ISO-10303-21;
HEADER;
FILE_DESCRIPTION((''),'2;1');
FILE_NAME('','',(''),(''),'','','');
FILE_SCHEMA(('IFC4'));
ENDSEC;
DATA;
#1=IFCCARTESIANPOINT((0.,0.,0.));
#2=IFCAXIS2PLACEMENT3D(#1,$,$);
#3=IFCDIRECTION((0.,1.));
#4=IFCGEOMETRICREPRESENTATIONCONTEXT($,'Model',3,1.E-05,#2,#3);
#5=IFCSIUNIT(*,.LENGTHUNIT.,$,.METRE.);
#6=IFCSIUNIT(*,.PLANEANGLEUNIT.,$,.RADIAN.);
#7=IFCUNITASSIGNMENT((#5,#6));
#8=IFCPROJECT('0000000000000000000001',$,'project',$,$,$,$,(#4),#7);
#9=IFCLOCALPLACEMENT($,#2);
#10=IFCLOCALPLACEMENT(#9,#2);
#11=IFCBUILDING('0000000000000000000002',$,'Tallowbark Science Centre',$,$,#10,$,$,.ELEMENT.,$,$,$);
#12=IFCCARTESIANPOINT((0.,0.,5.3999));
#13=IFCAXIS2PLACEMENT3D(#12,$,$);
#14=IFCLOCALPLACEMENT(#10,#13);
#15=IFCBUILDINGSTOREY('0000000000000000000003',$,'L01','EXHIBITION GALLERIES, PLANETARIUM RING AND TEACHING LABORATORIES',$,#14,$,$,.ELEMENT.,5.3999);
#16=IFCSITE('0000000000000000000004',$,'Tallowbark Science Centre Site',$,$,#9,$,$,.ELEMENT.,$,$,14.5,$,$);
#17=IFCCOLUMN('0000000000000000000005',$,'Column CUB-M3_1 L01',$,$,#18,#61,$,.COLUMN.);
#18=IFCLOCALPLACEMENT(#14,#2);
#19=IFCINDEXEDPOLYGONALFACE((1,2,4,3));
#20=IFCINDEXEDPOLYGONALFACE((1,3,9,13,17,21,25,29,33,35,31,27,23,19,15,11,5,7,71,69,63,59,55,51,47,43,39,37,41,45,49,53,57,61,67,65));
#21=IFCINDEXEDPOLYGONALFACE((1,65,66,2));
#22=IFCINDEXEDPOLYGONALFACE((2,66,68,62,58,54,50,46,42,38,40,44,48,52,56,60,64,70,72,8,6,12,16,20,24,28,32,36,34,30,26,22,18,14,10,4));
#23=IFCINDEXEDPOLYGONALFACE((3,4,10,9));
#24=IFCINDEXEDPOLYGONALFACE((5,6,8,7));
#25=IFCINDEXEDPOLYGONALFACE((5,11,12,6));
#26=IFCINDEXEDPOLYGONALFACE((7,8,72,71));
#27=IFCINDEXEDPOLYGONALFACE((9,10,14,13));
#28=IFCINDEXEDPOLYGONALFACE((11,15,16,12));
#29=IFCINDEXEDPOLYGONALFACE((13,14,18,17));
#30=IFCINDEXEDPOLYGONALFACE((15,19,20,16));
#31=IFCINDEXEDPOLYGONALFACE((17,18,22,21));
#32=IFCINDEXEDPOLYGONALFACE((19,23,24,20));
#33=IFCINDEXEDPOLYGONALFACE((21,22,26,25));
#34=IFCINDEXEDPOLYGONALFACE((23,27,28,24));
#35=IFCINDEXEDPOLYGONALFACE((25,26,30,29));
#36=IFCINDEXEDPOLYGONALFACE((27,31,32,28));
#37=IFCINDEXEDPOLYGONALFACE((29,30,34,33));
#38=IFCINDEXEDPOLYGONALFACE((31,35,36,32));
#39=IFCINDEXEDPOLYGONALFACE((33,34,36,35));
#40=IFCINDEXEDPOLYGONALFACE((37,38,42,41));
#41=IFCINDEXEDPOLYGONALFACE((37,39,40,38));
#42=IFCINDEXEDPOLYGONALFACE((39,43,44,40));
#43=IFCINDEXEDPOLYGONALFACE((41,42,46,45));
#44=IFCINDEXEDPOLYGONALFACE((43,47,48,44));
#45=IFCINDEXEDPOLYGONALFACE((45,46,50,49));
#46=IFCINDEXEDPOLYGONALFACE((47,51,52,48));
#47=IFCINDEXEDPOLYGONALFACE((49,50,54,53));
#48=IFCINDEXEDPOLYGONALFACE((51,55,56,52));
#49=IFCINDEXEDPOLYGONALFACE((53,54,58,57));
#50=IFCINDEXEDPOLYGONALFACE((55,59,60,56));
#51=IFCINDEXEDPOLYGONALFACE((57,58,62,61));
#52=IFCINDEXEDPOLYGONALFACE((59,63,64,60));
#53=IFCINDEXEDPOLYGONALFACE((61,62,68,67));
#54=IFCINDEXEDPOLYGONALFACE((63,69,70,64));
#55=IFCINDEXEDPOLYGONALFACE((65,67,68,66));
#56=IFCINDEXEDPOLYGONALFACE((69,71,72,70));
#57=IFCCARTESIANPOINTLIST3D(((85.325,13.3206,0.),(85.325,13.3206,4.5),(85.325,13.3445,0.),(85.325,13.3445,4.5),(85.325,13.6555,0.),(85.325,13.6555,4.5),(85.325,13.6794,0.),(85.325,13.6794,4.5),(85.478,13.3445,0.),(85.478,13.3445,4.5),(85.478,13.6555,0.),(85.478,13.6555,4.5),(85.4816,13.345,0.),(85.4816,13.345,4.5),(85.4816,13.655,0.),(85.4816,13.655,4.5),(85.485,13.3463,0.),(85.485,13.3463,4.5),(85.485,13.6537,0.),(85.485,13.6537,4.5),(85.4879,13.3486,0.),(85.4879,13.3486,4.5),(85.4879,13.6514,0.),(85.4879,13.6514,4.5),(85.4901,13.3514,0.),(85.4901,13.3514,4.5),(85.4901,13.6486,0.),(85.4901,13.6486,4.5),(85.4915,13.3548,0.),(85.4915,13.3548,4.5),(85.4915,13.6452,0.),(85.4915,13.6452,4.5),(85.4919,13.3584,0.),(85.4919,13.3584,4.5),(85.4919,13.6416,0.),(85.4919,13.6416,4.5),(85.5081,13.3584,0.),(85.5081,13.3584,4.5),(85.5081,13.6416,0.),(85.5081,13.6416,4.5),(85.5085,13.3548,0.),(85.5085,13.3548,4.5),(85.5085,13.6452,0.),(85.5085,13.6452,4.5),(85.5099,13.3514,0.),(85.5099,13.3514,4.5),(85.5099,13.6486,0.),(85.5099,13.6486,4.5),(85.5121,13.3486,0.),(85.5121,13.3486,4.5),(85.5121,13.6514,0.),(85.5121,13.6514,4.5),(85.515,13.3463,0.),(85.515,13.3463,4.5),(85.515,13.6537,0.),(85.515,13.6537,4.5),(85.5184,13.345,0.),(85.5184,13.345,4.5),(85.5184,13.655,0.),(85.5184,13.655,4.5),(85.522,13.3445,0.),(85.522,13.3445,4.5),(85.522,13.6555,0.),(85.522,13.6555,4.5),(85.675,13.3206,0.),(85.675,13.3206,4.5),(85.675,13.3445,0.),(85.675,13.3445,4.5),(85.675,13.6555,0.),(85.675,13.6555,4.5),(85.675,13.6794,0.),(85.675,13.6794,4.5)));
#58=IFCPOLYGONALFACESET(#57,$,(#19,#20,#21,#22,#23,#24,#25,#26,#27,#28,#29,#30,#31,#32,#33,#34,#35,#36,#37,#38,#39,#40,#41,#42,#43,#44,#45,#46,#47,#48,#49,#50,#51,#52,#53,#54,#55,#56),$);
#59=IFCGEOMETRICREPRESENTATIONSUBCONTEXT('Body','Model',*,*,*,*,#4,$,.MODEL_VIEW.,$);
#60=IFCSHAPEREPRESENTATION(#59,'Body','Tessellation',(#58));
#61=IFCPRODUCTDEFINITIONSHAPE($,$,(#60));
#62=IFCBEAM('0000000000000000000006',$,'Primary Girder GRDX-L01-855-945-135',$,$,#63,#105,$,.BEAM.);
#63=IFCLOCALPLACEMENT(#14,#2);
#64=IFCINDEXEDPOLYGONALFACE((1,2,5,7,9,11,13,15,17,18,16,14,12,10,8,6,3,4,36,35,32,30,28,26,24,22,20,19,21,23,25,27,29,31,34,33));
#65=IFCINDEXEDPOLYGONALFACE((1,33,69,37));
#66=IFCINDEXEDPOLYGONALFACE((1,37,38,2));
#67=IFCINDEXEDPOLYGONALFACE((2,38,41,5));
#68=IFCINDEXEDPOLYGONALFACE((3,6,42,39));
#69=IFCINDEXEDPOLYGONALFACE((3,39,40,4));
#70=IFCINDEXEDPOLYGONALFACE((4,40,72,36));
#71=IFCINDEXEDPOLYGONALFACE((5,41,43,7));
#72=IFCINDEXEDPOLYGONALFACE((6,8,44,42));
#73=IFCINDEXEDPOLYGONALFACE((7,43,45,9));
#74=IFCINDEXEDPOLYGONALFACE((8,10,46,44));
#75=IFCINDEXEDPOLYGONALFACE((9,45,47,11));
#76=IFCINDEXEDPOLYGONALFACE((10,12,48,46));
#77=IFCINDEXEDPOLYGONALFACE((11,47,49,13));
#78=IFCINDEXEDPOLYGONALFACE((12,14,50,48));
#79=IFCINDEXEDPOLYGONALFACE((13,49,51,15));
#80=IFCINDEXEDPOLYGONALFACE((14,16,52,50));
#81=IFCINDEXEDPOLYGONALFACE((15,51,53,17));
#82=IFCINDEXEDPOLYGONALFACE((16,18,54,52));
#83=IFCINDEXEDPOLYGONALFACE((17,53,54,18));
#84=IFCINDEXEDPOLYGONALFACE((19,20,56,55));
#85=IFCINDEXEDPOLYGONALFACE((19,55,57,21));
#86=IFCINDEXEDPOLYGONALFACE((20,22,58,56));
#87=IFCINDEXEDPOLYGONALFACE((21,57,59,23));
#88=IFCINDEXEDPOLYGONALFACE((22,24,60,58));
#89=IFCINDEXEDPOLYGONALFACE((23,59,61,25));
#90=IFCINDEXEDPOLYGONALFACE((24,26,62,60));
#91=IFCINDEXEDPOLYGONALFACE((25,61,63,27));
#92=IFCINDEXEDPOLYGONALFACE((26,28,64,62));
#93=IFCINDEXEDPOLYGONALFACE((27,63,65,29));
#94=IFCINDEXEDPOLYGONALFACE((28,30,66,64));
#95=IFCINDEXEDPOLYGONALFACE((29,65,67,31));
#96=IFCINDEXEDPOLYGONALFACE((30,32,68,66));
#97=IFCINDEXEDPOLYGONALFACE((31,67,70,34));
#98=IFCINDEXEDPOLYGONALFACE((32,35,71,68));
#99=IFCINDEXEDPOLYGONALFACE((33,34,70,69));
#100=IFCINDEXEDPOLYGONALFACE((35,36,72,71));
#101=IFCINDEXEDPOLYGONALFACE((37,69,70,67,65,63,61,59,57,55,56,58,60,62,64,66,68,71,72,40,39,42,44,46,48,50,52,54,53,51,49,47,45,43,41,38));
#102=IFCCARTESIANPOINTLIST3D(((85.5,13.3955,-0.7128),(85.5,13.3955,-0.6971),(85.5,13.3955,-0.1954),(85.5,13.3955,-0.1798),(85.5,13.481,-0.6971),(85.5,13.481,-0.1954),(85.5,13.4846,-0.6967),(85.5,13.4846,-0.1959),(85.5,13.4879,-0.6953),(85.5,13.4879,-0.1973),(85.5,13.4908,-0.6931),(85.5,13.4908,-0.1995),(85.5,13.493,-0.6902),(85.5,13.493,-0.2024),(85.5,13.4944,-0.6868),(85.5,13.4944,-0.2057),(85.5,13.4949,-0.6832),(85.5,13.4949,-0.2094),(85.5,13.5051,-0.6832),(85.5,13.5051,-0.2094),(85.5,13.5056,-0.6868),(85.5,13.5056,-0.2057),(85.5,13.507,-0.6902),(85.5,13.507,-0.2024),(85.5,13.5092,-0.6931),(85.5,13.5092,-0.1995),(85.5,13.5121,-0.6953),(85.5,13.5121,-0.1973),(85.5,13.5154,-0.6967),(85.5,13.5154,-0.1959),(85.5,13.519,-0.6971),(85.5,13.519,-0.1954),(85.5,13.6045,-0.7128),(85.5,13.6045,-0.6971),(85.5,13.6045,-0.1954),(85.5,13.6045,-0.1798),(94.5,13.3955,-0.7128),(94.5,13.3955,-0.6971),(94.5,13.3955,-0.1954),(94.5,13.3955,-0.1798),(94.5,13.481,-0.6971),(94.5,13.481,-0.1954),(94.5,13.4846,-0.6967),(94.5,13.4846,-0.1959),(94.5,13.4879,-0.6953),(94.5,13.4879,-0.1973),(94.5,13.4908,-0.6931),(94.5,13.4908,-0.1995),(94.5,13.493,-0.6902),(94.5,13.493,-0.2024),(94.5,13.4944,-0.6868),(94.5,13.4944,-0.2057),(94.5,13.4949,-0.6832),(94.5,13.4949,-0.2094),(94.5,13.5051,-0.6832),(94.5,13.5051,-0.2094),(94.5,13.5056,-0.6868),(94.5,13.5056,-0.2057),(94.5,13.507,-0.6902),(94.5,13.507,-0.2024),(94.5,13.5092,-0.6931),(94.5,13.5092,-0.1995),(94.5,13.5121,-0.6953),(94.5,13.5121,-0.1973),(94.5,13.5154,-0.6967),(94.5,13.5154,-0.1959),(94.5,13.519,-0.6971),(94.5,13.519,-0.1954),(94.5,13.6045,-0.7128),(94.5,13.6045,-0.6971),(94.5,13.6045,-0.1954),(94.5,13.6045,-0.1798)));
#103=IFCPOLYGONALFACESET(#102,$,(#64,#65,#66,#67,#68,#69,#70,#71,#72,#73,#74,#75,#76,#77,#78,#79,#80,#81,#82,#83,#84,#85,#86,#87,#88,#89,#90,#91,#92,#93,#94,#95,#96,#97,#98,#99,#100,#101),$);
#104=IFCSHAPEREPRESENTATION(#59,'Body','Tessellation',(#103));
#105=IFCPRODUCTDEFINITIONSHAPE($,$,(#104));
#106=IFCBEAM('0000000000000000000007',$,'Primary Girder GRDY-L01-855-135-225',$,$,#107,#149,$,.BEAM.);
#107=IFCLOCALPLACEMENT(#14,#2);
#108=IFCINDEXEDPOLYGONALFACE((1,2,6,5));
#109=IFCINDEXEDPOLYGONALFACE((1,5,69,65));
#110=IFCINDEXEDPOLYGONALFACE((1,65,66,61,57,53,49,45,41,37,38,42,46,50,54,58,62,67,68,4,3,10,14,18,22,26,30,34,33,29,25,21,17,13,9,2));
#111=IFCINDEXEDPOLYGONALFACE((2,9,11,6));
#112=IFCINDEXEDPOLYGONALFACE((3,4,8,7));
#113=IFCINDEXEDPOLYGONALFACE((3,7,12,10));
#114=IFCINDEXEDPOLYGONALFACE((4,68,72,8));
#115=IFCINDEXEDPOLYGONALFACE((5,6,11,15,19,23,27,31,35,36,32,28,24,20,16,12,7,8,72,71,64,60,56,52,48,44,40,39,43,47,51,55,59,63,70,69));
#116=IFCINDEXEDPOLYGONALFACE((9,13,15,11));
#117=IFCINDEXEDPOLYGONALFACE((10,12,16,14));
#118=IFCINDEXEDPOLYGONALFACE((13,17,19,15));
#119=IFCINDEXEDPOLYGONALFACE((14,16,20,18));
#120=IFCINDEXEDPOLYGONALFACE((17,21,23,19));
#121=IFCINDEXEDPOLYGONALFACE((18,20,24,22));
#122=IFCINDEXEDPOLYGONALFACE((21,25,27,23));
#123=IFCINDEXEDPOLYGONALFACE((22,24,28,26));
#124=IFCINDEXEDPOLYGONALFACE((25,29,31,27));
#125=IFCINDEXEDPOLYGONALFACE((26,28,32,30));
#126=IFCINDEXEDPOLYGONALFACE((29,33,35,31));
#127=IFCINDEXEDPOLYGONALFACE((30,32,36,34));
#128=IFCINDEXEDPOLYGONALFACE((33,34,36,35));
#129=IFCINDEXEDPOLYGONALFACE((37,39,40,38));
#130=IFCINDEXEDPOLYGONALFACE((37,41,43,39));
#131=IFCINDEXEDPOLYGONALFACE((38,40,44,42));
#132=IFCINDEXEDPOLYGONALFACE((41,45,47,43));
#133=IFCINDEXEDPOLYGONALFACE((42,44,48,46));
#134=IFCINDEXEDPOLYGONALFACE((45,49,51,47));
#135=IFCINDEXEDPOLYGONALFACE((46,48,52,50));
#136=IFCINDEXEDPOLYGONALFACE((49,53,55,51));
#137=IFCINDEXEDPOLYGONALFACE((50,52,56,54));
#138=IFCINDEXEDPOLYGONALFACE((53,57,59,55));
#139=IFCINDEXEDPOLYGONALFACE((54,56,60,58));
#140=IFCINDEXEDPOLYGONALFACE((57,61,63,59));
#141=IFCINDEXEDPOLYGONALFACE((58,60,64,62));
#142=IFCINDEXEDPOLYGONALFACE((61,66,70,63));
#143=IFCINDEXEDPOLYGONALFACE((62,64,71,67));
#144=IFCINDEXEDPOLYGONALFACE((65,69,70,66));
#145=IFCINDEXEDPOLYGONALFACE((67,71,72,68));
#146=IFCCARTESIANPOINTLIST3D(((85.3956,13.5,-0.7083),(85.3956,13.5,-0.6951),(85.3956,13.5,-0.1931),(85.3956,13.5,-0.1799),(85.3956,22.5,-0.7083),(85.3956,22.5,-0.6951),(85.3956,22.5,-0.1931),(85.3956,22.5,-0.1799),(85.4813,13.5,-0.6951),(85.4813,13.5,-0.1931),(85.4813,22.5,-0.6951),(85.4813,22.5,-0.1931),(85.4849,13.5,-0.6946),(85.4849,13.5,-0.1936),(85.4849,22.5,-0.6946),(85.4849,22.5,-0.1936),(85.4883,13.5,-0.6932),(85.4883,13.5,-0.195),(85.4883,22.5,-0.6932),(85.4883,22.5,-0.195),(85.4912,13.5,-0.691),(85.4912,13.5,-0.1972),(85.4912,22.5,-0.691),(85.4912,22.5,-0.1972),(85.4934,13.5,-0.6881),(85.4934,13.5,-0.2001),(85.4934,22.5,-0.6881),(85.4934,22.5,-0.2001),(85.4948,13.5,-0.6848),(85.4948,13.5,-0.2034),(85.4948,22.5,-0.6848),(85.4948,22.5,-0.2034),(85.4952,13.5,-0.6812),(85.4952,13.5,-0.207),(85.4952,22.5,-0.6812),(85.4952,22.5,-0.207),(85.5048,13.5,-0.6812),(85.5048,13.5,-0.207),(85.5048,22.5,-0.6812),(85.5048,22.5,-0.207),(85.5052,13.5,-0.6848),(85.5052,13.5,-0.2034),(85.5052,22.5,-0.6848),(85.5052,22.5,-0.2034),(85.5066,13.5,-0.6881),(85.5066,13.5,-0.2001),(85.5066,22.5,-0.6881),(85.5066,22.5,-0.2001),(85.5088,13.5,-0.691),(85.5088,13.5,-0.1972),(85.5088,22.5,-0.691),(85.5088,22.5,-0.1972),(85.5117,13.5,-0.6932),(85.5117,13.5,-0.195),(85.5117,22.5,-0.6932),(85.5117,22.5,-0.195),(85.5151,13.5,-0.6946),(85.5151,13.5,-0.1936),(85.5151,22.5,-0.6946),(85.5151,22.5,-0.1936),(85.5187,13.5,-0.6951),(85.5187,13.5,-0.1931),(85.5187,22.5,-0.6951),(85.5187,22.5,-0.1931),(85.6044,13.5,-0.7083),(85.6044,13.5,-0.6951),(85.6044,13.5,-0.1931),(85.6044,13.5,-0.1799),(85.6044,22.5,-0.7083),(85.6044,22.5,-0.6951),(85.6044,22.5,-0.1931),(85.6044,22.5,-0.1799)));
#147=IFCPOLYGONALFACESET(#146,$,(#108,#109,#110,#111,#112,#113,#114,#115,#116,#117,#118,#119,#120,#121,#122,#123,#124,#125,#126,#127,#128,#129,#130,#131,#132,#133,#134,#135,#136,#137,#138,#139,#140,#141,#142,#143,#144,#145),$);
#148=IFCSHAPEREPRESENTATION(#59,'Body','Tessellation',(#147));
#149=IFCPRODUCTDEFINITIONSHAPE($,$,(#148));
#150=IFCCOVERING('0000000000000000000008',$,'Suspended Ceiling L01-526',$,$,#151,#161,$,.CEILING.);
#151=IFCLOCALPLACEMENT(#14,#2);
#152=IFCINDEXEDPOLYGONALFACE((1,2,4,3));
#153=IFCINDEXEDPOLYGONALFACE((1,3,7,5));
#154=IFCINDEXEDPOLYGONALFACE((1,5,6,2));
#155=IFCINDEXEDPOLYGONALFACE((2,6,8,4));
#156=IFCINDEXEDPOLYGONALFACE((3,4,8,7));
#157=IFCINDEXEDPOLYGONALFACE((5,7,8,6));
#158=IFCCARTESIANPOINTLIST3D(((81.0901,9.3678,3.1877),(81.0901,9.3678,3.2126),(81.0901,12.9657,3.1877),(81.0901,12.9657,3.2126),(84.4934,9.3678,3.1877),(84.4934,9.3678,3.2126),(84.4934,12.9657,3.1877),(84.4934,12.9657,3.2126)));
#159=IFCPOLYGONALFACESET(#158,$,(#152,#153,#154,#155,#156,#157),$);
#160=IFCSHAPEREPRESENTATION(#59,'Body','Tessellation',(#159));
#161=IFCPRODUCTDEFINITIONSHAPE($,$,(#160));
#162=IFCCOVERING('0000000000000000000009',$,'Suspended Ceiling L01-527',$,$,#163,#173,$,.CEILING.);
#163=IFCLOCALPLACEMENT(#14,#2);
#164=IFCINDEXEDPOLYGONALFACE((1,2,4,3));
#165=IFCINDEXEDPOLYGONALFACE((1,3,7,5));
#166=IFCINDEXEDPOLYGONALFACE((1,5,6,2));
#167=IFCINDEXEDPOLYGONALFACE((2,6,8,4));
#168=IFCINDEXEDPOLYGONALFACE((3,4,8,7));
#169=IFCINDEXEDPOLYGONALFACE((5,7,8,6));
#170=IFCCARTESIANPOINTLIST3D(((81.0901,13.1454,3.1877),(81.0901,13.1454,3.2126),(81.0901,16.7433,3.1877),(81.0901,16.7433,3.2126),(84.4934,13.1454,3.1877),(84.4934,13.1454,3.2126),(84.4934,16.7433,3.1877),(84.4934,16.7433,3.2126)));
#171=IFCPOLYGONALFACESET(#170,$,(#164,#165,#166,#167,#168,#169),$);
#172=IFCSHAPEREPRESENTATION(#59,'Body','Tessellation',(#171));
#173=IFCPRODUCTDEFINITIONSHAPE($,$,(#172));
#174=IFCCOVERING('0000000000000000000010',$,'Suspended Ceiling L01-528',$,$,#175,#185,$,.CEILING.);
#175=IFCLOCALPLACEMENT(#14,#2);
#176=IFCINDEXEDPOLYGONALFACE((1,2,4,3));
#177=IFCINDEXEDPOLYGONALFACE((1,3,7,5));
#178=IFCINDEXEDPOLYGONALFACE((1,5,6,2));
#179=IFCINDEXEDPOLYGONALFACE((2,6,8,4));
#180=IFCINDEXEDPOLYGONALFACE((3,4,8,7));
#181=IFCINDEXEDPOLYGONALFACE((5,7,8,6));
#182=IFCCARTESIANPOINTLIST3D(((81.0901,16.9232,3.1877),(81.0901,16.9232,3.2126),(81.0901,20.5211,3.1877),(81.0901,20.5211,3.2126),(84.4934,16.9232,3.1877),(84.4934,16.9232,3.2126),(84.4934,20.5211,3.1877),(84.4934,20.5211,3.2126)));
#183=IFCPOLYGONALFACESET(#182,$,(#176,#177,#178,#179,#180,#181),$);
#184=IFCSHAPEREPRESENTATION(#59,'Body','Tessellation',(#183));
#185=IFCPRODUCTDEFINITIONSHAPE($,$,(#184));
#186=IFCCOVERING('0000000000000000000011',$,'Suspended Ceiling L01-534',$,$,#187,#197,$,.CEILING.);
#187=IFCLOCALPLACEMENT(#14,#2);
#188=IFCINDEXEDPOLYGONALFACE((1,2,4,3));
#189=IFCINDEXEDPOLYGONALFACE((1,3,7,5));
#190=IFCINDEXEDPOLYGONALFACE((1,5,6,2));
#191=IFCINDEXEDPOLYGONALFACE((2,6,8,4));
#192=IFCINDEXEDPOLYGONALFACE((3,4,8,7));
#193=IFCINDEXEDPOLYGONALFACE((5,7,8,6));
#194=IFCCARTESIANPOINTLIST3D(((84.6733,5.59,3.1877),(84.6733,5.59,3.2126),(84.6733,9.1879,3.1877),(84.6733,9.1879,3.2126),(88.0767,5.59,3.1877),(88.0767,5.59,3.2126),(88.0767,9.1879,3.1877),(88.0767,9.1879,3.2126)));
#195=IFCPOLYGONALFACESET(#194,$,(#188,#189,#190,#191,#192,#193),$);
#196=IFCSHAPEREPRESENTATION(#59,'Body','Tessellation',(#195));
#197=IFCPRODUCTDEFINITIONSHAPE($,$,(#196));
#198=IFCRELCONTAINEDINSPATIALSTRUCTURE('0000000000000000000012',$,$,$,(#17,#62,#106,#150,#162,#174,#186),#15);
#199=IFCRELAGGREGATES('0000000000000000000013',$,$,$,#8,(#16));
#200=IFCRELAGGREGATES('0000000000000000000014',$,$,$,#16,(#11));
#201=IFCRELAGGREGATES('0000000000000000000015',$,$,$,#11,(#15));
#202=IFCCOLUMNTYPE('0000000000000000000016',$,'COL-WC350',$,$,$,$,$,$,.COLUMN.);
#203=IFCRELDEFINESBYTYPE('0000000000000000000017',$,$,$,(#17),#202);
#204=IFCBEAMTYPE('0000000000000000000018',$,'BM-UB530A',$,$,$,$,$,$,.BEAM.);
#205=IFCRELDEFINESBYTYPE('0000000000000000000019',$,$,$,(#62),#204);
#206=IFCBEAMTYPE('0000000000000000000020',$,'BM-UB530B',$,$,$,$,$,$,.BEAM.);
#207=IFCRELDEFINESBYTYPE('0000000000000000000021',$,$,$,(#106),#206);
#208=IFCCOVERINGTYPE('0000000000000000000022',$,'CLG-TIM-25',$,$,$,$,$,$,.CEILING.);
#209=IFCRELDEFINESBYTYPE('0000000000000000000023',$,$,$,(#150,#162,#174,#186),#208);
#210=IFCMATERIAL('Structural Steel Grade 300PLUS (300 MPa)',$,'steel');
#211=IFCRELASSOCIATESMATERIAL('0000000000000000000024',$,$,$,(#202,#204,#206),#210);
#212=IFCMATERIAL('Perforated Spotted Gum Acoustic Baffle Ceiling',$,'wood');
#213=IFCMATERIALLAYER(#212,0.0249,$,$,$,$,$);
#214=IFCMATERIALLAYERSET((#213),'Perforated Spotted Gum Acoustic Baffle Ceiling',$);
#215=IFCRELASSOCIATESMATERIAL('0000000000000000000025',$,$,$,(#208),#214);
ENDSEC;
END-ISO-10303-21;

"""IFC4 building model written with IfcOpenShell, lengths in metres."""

from ifc_helpers import new_model, si_unit, direction, frame, origin, origin_2d, place, context, subcontext, project, spatial, rectangle, i_section, extrude, material, layer, layer_set, material_profile, profile_set, type_object, element, save


model = new_model("IFC4")

# Units and contexts
model_context = context("Model", 3, precision=1e-05, world=origin(), true_north=direction((0.0, 1.0)))
body_context = subcontext(model_context, "Body", "Model", "MODEL_VIEW")
ifc_project = project(units=[si_unit("LENGTHUNIT", "METRE"), si_unit("PLANEANGLEUNIT", "RADIAN")], contexts=[model_context])

# Site, building, storey
site_placement = place(None, origin())
site = spatial("IfcSite", under=ifc_project, at=site_placement, Name="Tallowbark Science Centre Site", CompositionType="ELEMENT", RefElevation=14.5)
building_placement = place(site_placement, origin())
building = spatial("IfcBuilding", under=site, at=building_placement, Name="Tallowbark Science Centre", CompositionType="ELEMENT")
storey_placement = place(building_placement, frame((0.0, 0.0, 5.3999)))
storey = spatial("IfcBuildingStorey", under=building, at=storey_placement, Name="L01", Description="EXHIBITION GALLERIES, PLANETARIUM RING AND TEACHING LABORATORIES", CompositionType="ELEMENT", Elevation=5.3999)

# Column
ifc_material_1 = material(Name="Structural Steel Grade 300PLUS (300 MPa)", Category="steel")
ifc_material_profile_1 = material_profile(ifc_material_1, i_section(OverallWidth=0.3501, OverallDepth=0.3589, WebThickness=0.0161, FlangeThickness=0.0239, FilletRadius=0.0139, at=origin_2d()), Name="350WC197")
ifc_profile_set_1 = profile_set([ifc_material_profile_1], Name="Structural Steel Grade 300PLUS (300 MPa)")
column_type = type_object("IfcColumnType", Name="COL-WC350", PredefinedType="COLUMN", material=ifc_profile_set_1)
column_placement = place(storey_placement, frame((85.5, 13.5, 0.0), z_axis=(0.0, 0.0, 1.0), x_axis=(1.0, 0.0, 0.0)))
element("IfcColumn", 1, at=column_placement, inside=storey, type_object=column_type, Name="Column CUB-M3_1 L01", PredefinedType="COLUMN", context=body_context, shape_type="SweptSolid", body=[
    extrude(i_section(OverallWidth=0.3501, OverallDepth=0.3589, WebThickness=0.0161, FlangeThickness=0.0239, FilletRadius=0.0139, at=origin_2d()), origin(), (0.0, 0.0, 1.0), 4.5),
])

# Beams
ifc_material_profile_2 = material_profile(ifc_material_1, i_section(OverallWidth=0.209, OverallDepth=0.533, WebThickness=0.0103, FlangeThickness=0.0156, FilletRadius=0.0139, at=origin_2d()), Name="530UB92.4")
ifc_profile_set_2 = profile_set([ifc_material_profile_2], Name="Structural Steel Grade 300PLUS (300 MPa)")
beam_type_1 = type_object("IfcBeamType", Name="BM-UB530A", PredefinedType="BEAM", material=ifc_profile_set_2)
beam_1_placement = place(storey_placement, frame((85.5, 13.5, -0.4463), z_axis=(1.0, 0.0, 0.0), x_axis=(0.0, 1.0, 0.0)))
element("IfcBeam", 2, at=beam_1_placement, inside=storey, type_object=beam_type_1, Name="Primary Girder GRDX-L01-855-945-135", PredefinedType="BEAM", context=body_context, shape_type="SweptSolid", body=[
    extrude(i_section(OverallWidth=0.209, OverallDepth=0.533, WebThickness=0.0103, FlangeThickness=0.0156, FilletRadius=0.0139, at=origin_2d()), origin(), (0.0, 0.0, 1.0), 9.0),
])
ifc_material_profile_3 = material_profile(ifc_material_1, i_section(OverallWidth=0.2087, OverallDepth=0.5283, WebThickness=0.0095, FlangeThickness=0.0132, FilletRadius=0.0139, at=origin_2d()), Name="530UB82.0")
ifc_profile_set_3 = profile_set([ifc_material_profile_3], Name="Structural Steel Grade 300PLUS (300 MPa)")
beam_type_2 = type_object("IfcBeamType", Name="BM-UB530B", PredefinedType="BEAM", material=ifc_profile_set_3)
beam_2_placement = place(storey_placement, frame((85.5, 13.5, -0.4441), z_axis=(0.0, 1.0, 0.0), x_axis=(-1.0, 0.0, 0.0)))
element("IfcBeam", 3, at=beam_2_placement, inside=storey, type_object=beam_type_2, Name="Primary Girder GRDY-L01-855-135-225", PredefinedType="BEAM", context=body_context, shape_type="SweptSolid", body=[
    extrude(i_section(OverallWidth=0.2087, OverallDepth=0.5283, WebThickness=0.0095, FlangeThickness=0.0132, FilletRadius=0.0139, at=origin_2d()), origin(), (0.0, 0.0, 1.0), 9.0),
])

# Coverings
ifc_material_2 = material(Name="Perforated Spotted Gum Acoustic Baffle Ceiling", Category="wood")
ifc_layer_1 = layer(ifc_material_2, 0.0249)
ifc_layer_set_1 = layer_set([ifc_layer_1], Name="Perforated Spotted Gum Acoustic Baffle Ceiling")
covering_type_1 = type_object("IfcCoveringType", Name="CLG-TIM-25", PredefinedType="CEILING", material=ifc_layer_set_1)
for number, where, z_axis, x_axis, name in (
    (4, (82.7917, 11.1667, 3.1877), (0.0, 0.0, 1.0), (1.0, 0.0, 0.0), "Suspended Ceiling L01-526"),
    (5, (82.7917, 14.9443, 3.1877), (0.0, 0.0, 1.0), (1.0, 0.0, 0.0), "Suspended Ceiling L01-527"),
    (6, (82.7917, 18.7222, 3.1877), (0.0, 0.0, 1.0), (1.0, 0.0, 0.0), "Suspended Ceiling L01-528"),
    (7, (86.375, 7.3889, 3.1877), (0.0, 0.0, 1.0), (1.0, 0.0, 0.0), "Suspended Ceiling L01-534"),
):
    element("IfcCovering", number, at=place(storey_placement, frame(where, z_axis=z_axis, x_axis=x_axis)), inside=storey, type_object=covering_type_1, Name=name, PredefinedType="CEILING", context=body_context, shape_type="SweptSolid", body=[
        extrude(rectangle(XDim=3.4033, YDim=3.5979, at=origin_2d()), origin(), (0.0, 0.0, 1.0), 0.0249),
    ])

save(model, "model.ifc")
